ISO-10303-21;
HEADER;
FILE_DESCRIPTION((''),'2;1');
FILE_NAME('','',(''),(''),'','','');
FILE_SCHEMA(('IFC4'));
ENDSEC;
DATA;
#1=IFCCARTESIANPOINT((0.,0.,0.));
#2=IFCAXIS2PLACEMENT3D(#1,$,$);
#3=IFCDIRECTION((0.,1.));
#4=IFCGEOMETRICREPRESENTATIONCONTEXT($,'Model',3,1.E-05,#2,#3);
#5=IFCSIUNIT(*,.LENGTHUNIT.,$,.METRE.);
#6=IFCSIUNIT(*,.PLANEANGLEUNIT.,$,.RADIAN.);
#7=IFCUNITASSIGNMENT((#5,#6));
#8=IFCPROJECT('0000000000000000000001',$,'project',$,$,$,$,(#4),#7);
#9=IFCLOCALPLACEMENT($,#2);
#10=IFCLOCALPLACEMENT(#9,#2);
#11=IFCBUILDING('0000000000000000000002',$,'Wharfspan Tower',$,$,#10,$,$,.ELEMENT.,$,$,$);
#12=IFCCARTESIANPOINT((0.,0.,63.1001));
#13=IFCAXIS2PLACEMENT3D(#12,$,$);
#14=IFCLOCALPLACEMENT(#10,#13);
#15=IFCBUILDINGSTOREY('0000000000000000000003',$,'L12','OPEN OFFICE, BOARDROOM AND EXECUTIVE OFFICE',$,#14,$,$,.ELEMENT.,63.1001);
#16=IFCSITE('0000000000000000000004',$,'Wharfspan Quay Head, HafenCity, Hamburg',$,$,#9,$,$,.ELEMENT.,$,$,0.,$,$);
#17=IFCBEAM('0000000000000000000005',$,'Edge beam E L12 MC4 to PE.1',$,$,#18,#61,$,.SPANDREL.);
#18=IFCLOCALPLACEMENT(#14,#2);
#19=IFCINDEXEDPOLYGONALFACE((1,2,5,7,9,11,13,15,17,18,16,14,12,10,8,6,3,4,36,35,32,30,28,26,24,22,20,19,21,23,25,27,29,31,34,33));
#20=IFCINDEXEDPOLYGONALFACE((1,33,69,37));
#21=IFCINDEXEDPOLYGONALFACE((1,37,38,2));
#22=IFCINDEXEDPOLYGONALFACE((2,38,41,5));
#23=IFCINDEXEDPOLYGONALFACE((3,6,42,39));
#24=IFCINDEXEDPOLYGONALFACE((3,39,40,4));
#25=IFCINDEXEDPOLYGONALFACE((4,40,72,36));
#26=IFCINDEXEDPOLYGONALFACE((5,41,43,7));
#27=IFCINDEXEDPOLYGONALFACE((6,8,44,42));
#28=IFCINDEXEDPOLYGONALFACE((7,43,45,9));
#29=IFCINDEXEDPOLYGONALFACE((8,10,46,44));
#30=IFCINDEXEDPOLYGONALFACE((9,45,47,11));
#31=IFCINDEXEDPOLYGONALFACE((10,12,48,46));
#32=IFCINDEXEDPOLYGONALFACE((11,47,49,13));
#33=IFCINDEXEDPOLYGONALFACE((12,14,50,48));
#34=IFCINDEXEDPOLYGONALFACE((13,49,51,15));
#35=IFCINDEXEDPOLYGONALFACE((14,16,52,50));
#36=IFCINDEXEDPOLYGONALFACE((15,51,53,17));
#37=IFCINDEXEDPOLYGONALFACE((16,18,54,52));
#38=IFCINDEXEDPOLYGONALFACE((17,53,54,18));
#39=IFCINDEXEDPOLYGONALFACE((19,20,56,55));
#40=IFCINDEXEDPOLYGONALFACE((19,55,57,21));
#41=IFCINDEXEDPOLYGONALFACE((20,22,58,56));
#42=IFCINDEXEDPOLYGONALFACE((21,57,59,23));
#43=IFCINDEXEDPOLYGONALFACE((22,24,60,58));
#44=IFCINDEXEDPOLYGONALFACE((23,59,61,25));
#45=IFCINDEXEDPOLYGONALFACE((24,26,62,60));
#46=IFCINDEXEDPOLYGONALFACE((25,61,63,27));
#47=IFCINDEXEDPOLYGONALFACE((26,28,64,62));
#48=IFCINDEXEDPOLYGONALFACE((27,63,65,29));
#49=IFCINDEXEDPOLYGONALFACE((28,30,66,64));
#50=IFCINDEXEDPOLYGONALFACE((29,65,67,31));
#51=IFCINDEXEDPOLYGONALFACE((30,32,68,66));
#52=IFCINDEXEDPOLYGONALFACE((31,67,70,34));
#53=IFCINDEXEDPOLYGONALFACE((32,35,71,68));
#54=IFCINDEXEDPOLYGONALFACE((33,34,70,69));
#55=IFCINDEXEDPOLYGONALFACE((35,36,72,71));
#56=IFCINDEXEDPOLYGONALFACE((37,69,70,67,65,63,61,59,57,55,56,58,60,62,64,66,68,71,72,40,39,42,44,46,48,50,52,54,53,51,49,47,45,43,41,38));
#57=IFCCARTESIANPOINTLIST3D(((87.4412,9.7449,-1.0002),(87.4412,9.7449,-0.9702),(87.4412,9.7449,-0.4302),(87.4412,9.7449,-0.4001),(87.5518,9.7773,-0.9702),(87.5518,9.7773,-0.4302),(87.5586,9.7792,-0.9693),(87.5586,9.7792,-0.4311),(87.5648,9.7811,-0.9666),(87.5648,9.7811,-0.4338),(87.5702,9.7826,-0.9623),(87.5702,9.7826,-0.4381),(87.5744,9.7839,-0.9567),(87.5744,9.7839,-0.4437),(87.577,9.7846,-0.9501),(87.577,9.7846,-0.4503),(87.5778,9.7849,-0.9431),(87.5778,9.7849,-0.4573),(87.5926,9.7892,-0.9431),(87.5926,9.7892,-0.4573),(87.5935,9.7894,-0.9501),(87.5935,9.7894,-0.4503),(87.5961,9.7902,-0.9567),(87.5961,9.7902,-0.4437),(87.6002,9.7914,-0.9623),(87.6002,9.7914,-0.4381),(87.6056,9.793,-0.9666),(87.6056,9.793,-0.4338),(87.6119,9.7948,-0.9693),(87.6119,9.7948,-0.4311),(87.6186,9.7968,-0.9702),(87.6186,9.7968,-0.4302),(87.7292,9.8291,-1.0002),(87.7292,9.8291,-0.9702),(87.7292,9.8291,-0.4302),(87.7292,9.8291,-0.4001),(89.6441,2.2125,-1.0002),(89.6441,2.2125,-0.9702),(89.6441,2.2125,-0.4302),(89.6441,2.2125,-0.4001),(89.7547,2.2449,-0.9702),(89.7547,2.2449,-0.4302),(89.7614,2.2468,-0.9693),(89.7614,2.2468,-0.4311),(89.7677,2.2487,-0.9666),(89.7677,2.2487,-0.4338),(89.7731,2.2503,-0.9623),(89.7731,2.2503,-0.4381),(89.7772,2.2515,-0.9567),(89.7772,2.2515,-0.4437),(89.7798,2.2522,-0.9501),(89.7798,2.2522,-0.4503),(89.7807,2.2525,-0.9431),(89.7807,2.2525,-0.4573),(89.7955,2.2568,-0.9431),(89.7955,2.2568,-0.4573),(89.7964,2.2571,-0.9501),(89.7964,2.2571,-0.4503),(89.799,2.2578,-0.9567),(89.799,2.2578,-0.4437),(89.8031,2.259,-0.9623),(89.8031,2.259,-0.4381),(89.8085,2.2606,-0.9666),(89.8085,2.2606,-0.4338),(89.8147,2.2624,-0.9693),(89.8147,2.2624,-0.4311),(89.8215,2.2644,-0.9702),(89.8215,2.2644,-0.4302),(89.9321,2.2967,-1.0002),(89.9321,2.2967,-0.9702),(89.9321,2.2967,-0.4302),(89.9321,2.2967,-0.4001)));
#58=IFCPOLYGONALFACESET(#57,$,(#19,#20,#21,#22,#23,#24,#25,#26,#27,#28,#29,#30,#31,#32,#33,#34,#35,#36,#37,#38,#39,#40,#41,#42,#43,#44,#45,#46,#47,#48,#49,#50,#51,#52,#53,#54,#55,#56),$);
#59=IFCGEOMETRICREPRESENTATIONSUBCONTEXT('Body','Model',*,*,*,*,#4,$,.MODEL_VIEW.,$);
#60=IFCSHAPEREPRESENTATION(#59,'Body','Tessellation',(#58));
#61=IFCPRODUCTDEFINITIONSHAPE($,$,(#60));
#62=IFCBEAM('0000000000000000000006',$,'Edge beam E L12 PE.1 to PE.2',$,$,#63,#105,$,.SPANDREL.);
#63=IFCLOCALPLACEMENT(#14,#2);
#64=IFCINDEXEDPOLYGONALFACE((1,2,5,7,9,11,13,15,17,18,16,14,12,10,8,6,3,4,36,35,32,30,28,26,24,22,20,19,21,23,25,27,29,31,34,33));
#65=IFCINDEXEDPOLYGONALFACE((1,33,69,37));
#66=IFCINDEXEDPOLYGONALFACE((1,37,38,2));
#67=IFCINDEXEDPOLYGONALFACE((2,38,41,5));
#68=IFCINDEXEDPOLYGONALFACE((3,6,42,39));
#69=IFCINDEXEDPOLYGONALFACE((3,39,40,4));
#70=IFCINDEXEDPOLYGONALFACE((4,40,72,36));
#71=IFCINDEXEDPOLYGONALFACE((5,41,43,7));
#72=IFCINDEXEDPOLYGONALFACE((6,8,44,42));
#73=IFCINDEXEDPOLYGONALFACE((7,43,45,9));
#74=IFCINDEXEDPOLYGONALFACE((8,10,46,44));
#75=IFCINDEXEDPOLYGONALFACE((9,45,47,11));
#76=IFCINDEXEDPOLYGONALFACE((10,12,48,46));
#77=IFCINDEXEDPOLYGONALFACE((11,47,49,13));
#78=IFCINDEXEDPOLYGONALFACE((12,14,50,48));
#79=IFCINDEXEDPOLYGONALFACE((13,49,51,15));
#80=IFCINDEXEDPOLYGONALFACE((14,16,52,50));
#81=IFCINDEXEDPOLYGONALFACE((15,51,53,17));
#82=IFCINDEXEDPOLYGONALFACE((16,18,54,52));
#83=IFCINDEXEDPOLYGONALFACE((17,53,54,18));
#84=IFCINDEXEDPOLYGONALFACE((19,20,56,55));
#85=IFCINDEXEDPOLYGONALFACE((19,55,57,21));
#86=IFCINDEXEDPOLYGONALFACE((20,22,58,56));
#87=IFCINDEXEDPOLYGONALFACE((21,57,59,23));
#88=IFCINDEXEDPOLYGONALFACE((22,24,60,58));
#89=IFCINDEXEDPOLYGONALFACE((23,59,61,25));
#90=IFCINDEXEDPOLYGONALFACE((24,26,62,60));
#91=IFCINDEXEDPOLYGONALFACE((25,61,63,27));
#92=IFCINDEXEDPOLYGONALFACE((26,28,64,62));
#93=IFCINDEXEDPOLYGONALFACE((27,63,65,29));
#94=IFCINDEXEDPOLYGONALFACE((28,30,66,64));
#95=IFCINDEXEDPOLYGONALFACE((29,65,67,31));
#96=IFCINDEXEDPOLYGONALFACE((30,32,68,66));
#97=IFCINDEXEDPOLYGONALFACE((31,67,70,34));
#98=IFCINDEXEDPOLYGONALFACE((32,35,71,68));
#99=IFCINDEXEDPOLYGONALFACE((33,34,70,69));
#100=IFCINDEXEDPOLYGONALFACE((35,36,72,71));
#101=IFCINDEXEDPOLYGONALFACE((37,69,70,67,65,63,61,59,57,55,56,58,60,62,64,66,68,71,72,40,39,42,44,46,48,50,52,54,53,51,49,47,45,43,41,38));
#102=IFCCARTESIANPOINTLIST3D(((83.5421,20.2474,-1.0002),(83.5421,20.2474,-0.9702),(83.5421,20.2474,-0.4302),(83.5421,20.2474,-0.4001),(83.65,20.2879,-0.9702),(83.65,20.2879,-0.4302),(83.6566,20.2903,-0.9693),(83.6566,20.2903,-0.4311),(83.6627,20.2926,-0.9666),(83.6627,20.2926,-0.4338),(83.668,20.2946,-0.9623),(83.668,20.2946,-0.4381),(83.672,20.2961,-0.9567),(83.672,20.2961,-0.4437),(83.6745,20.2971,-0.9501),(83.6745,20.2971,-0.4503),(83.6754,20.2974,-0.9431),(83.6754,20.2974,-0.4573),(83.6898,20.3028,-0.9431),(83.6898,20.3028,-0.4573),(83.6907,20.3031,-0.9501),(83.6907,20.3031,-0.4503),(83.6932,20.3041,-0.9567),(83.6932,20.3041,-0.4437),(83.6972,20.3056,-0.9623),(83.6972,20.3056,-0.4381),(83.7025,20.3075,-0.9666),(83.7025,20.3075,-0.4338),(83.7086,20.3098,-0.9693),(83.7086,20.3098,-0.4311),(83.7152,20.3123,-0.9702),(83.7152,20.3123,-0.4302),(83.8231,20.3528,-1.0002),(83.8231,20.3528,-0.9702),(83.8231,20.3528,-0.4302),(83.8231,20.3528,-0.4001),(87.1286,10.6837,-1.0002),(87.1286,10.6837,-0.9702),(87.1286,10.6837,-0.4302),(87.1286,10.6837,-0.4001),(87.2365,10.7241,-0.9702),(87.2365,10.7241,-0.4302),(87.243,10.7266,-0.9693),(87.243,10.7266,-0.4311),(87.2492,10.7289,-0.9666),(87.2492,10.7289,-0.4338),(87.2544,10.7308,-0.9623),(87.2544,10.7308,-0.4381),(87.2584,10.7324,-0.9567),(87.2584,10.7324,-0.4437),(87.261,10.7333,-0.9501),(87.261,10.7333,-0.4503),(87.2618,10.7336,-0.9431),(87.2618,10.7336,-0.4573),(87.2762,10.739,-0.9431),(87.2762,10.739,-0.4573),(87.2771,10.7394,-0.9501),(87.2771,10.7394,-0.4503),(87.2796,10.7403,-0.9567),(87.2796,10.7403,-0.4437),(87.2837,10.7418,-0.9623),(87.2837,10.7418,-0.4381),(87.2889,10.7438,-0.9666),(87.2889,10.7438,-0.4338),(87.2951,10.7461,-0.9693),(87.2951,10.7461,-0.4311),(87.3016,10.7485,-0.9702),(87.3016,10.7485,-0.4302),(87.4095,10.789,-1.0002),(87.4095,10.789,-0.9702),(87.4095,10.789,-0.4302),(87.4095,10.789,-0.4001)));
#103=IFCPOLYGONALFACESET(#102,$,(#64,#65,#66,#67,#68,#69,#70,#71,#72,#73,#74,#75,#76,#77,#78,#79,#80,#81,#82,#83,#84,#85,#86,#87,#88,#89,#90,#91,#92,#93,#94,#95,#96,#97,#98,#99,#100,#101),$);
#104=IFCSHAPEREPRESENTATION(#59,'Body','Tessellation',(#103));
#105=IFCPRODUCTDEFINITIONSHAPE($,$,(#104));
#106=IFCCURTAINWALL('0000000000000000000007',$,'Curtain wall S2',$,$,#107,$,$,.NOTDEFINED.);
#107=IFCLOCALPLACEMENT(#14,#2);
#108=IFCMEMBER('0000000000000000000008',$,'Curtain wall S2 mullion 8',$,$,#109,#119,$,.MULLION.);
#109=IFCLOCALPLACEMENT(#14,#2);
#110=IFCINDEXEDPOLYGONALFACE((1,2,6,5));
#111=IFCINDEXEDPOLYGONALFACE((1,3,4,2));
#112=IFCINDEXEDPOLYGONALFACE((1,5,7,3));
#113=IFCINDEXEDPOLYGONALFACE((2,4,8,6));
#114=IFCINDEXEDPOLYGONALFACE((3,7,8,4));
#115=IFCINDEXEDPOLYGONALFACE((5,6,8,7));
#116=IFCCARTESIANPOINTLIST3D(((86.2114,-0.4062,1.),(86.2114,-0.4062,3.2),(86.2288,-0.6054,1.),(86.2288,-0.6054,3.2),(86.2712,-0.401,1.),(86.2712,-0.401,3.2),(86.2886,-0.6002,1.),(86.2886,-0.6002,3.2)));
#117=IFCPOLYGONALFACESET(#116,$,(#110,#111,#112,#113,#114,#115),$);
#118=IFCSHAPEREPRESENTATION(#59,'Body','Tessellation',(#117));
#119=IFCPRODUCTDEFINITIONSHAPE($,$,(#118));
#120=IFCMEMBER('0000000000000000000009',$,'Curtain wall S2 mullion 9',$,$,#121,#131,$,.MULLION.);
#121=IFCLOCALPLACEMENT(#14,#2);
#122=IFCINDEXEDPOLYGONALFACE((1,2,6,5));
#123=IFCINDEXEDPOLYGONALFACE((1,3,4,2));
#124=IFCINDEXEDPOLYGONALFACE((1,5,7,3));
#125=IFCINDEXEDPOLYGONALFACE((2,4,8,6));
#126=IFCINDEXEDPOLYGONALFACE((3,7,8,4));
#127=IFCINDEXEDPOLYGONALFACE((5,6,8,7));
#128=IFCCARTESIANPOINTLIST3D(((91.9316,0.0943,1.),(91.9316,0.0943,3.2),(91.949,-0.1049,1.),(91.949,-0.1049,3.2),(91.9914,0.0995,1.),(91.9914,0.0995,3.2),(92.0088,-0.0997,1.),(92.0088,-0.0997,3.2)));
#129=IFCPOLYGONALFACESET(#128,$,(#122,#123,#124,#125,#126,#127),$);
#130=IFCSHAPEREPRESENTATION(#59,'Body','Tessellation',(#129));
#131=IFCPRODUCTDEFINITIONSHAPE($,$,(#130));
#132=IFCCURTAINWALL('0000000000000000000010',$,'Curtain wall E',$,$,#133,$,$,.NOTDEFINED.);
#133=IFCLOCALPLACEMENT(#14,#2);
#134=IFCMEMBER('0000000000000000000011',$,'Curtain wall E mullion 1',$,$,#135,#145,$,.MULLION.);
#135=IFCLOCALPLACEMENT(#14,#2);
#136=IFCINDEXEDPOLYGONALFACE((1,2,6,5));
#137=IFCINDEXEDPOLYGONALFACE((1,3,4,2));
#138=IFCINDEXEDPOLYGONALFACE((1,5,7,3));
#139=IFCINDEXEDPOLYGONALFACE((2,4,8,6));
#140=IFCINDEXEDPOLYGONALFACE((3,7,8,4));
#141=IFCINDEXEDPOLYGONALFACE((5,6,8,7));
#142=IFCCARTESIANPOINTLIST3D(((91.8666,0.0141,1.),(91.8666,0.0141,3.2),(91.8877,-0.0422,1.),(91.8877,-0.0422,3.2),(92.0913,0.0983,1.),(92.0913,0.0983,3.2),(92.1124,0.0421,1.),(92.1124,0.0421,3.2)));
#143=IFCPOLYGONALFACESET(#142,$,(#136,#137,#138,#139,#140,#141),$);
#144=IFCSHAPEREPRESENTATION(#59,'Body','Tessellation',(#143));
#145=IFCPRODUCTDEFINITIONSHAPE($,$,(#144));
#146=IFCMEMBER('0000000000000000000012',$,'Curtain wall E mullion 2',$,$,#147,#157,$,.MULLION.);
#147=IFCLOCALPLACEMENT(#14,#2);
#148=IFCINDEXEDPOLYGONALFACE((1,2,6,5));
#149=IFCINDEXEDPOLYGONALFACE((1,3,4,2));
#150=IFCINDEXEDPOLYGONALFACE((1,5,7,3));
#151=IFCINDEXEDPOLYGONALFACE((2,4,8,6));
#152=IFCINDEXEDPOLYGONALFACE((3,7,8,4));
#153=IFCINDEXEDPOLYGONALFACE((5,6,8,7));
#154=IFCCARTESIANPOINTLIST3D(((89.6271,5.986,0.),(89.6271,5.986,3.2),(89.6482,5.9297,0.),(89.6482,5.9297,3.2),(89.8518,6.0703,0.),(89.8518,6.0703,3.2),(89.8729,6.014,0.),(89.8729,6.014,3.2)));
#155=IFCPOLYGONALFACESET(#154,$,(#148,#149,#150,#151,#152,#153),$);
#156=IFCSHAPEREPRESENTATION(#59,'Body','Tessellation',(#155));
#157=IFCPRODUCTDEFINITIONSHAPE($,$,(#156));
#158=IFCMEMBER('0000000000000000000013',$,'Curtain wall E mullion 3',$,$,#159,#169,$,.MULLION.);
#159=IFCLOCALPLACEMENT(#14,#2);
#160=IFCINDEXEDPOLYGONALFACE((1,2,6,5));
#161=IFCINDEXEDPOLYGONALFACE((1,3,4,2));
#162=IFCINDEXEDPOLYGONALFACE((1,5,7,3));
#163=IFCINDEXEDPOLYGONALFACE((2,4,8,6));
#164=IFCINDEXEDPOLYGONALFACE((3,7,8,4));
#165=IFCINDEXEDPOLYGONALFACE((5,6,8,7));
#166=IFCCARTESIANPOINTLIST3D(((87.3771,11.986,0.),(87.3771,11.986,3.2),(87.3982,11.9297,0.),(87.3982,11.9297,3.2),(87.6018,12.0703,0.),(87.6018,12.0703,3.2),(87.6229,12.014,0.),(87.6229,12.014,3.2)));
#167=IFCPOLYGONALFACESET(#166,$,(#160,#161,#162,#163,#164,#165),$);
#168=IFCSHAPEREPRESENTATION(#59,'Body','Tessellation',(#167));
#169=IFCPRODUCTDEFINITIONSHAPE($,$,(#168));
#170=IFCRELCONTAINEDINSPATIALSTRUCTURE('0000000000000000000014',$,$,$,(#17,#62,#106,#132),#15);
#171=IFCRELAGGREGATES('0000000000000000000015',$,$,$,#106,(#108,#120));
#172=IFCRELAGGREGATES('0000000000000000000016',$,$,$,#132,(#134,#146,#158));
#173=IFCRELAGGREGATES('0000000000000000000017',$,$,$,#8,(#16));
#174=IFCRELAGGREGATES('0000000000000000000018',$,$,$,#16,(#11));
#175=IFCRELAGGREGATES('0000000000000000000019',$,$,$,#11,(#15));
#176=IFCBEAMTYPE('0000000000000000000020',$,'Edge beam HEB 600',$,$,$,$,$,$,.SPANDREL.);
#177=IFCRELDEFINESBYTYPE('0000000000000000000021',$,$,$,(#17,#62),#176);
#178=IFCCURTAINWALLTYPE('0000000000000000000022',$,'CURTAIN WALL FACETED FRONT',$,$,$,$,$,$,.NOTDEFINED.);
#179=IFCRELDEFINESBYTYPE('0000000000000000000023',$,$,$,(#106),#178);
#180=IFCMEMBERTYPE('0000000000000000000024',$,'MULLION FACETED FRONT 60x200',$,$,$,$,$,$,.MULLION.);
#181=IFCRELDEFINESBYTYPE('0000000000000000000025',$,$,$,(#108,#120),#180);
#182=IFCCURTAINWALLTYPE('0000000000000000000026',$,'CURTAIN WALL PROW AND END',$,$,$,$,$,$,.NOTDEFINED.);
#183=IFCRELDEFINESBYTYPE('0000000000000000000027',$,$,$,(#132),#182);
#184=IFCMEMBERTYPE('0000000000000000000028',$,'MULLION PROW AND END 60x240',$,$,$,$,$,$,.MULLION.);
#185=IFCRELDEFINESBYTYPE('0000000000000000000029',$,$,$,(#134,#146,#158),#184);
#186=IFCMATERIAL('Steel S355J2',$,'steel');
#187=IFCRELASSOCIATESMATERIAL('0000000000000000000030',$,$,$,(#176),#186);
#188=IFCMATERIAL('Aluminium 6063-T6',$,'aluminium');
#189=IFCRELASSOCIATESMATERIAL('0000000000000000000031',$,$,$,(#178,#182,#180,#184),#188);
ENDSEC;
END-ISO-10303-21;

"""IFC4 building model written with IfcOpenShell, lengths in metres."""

from ifc_helpers import new_model, si_unit, direction, frame, origin, origin_2d, place, context, subcontext, project, spatial, rectangle, i_section, extrude, material, material_profile, profile_set, type_object, element, aggregate, save


model = new_model("IFC4")

# Units and contexts
model_context = context("Model", 3, precision=1e-05, world=origin(), true_north=direction((0.0, 1.0)))
body_context = subcontext(model_context, "Body", "Model", "MODEL_VIEW")
ifc_project = project(units=[si_unit("LENGTHUNIT", "METRE"), si_unit("PLANEANGLEUNIT", "RADIAN")], contexts=[model_context])

# Site, building, storey
site_placement = place(None, origin())
site = spatial("IfcSite", under=ifc_project, at=site_placement, Name="Wharfspan Quay Head, HafenCity, Hamburg", CompositionType="ELEMENT", RefElevation=0.0)
building_placement = place(site_placement, origin())
building = spatial("IfcBuilding", under=site, at=building_placement, Name="Wharfspan Tower", CompositionType="ELEMENT")
storey_placement = place(building_placement, frame((0.0, 0.0, 63.1001)))
storey = spatial("IfcBuildingStorey", under=building, at=storey_placement, Name="L12", Description="OPEN OFFICE, BOARDROOM AND EXECUTIVE OFFICE", CompositionType="ELEMENT", Elevation=63.1001)

# Shared definitions
ifc_material_1 = material(Name="Steel S355J2", Category="steel")

# Beams
ifc_material_profile_1 = material_profile(ifc_material_1, i_section(OverallWidth=0.3, OverallDepth=0.6001, WebThickness=0.0154, FlangeThickness=0.03, FilletRadius=0.0271, at=origin_2d()))
ifc_profile_set_1 = profile_set([ifc_material_profile_1], Name="Steel S355J2")
beam_type = type_object("IfcBeamType", Name="Edge beam HEB 600", PredefinedType="SPANDREL", material=ifc_profile_set_1)
beam_1_placement = place(storey_placement, frame((89.7881, 2.2546, -0.7002), z_axis=(-0.280694, 0.959797, 0.0), x_axis=(-0.959797, -0.280694, 0.0)))
element("IfcBeam", 1, at=beam_1_placement, inside=storey, type_object=beam_type, Name="Edge beam E L12 MC4 to PE.1", PredefinedType="SPANDREL", context=body_context, shape_type="SweptSolid", body=[
    extrude(i_section(OverallWidth=0.3, OverallDepth=0.6001, WebThickness=0.0154, FlangeThickness=0.03, FilletRadius=0.0271, at=origin_2d()), origin(), (0.0, 0.0, 1.0), 7.8479),
])
beam_2_placement = place(storey_placement, frame((87.269, 10.7363, -0.7002), z_axis=(-0.351126, 0.936328, 0.0), x_axis=(-0.936328, -0.351126, 0.0)))
element("IfcBeam", 2, at=beam_2_placement, inside=storey, type_object=beam_type, Name="Edge beam E L12 PE.1 to PE.2", PredefinedType="SPANDREL", context=body_context, shape_type="SweptSolid", body=[
    extrude(i_section(OverallWidth=0.3, OverallDepth=0.6001, WebThickness=0.0154, FlangeThickness=0.03, FilletRadius=0.0271, at=origin_2d()), origin(), (0.0, 0.0, 1.0), 10.2141),
])

# Curtain walls, members
ifc_material_2 = material(Name="Aluminium 6063-T6", Category="aluminium")
curtain_wall_type_1 = type_object("IfcCurtainWallType", Name="CURTAIN WALL FACETED FRONT", PredefinedType="NOTDEFINED", material=ifc_material_2)
curtain_wall_1_placement = place(storey_placement, origin())
curtain_wall_1 = element("IfcCurtainWall", 3, at=curtain_wall_1_placement, inside=storey, type_object=curtain_wall_type_1, Name="Curtain wall S2", PredefinedType="NOTDEFINED")
ifc_material_profile_2 = material_profile(ifc_material_2, rectangle(XDim=0.2, YDim=0.0601, at=origin_2d()))
ifc_profile_set_2 = profile_set([ifc_material_profile_2], Name="Aluminium 6063-T6")
member_type_1 = type_object("IfcMemberType", Name="MULLION FACETED FRONT 60x200", PredefinedType="MULLION", material=ifc_profile_set_2)
member_1_placement = place(storey_placement, frame((86.25, -0.5032, 1.0), z_axis=(0.0, 0.0, 1.0), x_axis=(-0.087156, 0.996197, 0.0)))
member_1 = element("IfcMember", 4, at=member_1_placement, type_object=member_type_1, Name="Curtain wall S2 mullion 8", PredefinedType="MULLION", context=body_context, shape_type="SweptSolid", body=[
    extrude(rectangle(XDim=0.2, YDim=0.0601, at=origin_2d()), origin(), (0.0, 0.0, 1.0), 2.2),
])
member_2_placement = place(storey_placement, frame((91.9702, -0.0027, 1.0), z_axis=(0.0, 0.0, 1.0), x_axis=(-0.087156, 0.996197, 0.0)))
member_2 = element("IfcMember", 5, at=member_2_placement, type_object=member_type_1, Name="Curtain wall S2 mullion 9", PredefinedType="MULLION", context=body_context, shape_type="SweptSolid", body=[
    extrude(rectangle(XDim=0.2, YDim=0.0601, at=origin_2d()), origin(), (0.0, 0.0, 1.0), 2.2),
])
curtain_wall_type_2 = type_object("IfcCurtainWallType", Name="CURTAIN WALL PROW AND END", PredefinedType="NOTDEFINED", material=ifc_material_2)
curtain_wall_2_placement = place(storey_placement, origin())
curtain_wall_2 = element("IfcCurtainWall", 6, at=curtain_wall_2_placement, inside=storey, type_object=curtain_wall_type_2, Name="Curtain wall E", PredefinedType="NOTDEFINED")
ifc_material_profile_3 = material_profile(ifc_material_2, rectangle(XDim=0.24, YDim=0.0601, at=origin_2d()))
ifc_profile_set_3 = profile_set([ifc_material_profile_3], Name="Aluminium 6063-T6")
member_type_2 = type_object("IfcMemberType", Name="MULLION PROW AND END 60x240", PredefinedType="MULLION", material=ifc_profile_set_3)
member_3_placement = place(storey_placement, frame((91.9895, 0.0281, 1.0), z_axis=(0.0, 0.0, 1.0), x_axis=(-0.936328, -0.351123, 0.0)))
member_3 = element("IfcMember", 7, at=member_3_placement, type_object=member_type_2, Name="Curtain wall E mullion 1", PredefinedType="MULLION", context=body_context, shape_type="SweptSolid", body=[
    extrude(rectangle(XDim=0.24, YDim=0.0601, at=origin_2d()), origin(), (0.0, 0.0, 1.0), 2.2),
])
member_4_placement = place(storey_placement, frame((89.75, 6.0, 0.0), z_axis=(0.0, 0.0, 1.0), x_axis=(-0.936328, -0.351123, 0.0)))
member_4 = element("IfcMember", 8, at=member_4_placement, type_object=member_type_2, Name="Curtain wall E mullion 2", PredefinedType="MULLION", context=body_context, shape_type="SweptSolid", body=[
    extrude(rectangle(XDim=0.24, YDim=0.0601, at=origin_2d()), origin(), (0.0, 0.0, 1.0), 3.2),
])
member_5_placement = place(storey_placement, frame((87.5, 12.0, 0.0), z_axis=(0.0, 0.0, 1.0), x_axis=(-0.936328, -0.351123, 0.0)))
member_5 = element("IfcMember", 9, at=member_5_placement, type_object=member_type_2, Name="Curtain wall E mullion 3", PredefinedType="MULLION", context=body_context, shape_type="SweptSolid", body=[
    extrude(rectangle(XDim=0.24, YDim=0.0601, at=origin_2d()), origin(), (0.0, 0.0, 1.0), 3.2),
])

aggregate(curtain_wall_1, [member_1, member_2])
aggregate(curtain_wall_2, [member_3, member_4, member_5])

save(model, "model.ifc")
